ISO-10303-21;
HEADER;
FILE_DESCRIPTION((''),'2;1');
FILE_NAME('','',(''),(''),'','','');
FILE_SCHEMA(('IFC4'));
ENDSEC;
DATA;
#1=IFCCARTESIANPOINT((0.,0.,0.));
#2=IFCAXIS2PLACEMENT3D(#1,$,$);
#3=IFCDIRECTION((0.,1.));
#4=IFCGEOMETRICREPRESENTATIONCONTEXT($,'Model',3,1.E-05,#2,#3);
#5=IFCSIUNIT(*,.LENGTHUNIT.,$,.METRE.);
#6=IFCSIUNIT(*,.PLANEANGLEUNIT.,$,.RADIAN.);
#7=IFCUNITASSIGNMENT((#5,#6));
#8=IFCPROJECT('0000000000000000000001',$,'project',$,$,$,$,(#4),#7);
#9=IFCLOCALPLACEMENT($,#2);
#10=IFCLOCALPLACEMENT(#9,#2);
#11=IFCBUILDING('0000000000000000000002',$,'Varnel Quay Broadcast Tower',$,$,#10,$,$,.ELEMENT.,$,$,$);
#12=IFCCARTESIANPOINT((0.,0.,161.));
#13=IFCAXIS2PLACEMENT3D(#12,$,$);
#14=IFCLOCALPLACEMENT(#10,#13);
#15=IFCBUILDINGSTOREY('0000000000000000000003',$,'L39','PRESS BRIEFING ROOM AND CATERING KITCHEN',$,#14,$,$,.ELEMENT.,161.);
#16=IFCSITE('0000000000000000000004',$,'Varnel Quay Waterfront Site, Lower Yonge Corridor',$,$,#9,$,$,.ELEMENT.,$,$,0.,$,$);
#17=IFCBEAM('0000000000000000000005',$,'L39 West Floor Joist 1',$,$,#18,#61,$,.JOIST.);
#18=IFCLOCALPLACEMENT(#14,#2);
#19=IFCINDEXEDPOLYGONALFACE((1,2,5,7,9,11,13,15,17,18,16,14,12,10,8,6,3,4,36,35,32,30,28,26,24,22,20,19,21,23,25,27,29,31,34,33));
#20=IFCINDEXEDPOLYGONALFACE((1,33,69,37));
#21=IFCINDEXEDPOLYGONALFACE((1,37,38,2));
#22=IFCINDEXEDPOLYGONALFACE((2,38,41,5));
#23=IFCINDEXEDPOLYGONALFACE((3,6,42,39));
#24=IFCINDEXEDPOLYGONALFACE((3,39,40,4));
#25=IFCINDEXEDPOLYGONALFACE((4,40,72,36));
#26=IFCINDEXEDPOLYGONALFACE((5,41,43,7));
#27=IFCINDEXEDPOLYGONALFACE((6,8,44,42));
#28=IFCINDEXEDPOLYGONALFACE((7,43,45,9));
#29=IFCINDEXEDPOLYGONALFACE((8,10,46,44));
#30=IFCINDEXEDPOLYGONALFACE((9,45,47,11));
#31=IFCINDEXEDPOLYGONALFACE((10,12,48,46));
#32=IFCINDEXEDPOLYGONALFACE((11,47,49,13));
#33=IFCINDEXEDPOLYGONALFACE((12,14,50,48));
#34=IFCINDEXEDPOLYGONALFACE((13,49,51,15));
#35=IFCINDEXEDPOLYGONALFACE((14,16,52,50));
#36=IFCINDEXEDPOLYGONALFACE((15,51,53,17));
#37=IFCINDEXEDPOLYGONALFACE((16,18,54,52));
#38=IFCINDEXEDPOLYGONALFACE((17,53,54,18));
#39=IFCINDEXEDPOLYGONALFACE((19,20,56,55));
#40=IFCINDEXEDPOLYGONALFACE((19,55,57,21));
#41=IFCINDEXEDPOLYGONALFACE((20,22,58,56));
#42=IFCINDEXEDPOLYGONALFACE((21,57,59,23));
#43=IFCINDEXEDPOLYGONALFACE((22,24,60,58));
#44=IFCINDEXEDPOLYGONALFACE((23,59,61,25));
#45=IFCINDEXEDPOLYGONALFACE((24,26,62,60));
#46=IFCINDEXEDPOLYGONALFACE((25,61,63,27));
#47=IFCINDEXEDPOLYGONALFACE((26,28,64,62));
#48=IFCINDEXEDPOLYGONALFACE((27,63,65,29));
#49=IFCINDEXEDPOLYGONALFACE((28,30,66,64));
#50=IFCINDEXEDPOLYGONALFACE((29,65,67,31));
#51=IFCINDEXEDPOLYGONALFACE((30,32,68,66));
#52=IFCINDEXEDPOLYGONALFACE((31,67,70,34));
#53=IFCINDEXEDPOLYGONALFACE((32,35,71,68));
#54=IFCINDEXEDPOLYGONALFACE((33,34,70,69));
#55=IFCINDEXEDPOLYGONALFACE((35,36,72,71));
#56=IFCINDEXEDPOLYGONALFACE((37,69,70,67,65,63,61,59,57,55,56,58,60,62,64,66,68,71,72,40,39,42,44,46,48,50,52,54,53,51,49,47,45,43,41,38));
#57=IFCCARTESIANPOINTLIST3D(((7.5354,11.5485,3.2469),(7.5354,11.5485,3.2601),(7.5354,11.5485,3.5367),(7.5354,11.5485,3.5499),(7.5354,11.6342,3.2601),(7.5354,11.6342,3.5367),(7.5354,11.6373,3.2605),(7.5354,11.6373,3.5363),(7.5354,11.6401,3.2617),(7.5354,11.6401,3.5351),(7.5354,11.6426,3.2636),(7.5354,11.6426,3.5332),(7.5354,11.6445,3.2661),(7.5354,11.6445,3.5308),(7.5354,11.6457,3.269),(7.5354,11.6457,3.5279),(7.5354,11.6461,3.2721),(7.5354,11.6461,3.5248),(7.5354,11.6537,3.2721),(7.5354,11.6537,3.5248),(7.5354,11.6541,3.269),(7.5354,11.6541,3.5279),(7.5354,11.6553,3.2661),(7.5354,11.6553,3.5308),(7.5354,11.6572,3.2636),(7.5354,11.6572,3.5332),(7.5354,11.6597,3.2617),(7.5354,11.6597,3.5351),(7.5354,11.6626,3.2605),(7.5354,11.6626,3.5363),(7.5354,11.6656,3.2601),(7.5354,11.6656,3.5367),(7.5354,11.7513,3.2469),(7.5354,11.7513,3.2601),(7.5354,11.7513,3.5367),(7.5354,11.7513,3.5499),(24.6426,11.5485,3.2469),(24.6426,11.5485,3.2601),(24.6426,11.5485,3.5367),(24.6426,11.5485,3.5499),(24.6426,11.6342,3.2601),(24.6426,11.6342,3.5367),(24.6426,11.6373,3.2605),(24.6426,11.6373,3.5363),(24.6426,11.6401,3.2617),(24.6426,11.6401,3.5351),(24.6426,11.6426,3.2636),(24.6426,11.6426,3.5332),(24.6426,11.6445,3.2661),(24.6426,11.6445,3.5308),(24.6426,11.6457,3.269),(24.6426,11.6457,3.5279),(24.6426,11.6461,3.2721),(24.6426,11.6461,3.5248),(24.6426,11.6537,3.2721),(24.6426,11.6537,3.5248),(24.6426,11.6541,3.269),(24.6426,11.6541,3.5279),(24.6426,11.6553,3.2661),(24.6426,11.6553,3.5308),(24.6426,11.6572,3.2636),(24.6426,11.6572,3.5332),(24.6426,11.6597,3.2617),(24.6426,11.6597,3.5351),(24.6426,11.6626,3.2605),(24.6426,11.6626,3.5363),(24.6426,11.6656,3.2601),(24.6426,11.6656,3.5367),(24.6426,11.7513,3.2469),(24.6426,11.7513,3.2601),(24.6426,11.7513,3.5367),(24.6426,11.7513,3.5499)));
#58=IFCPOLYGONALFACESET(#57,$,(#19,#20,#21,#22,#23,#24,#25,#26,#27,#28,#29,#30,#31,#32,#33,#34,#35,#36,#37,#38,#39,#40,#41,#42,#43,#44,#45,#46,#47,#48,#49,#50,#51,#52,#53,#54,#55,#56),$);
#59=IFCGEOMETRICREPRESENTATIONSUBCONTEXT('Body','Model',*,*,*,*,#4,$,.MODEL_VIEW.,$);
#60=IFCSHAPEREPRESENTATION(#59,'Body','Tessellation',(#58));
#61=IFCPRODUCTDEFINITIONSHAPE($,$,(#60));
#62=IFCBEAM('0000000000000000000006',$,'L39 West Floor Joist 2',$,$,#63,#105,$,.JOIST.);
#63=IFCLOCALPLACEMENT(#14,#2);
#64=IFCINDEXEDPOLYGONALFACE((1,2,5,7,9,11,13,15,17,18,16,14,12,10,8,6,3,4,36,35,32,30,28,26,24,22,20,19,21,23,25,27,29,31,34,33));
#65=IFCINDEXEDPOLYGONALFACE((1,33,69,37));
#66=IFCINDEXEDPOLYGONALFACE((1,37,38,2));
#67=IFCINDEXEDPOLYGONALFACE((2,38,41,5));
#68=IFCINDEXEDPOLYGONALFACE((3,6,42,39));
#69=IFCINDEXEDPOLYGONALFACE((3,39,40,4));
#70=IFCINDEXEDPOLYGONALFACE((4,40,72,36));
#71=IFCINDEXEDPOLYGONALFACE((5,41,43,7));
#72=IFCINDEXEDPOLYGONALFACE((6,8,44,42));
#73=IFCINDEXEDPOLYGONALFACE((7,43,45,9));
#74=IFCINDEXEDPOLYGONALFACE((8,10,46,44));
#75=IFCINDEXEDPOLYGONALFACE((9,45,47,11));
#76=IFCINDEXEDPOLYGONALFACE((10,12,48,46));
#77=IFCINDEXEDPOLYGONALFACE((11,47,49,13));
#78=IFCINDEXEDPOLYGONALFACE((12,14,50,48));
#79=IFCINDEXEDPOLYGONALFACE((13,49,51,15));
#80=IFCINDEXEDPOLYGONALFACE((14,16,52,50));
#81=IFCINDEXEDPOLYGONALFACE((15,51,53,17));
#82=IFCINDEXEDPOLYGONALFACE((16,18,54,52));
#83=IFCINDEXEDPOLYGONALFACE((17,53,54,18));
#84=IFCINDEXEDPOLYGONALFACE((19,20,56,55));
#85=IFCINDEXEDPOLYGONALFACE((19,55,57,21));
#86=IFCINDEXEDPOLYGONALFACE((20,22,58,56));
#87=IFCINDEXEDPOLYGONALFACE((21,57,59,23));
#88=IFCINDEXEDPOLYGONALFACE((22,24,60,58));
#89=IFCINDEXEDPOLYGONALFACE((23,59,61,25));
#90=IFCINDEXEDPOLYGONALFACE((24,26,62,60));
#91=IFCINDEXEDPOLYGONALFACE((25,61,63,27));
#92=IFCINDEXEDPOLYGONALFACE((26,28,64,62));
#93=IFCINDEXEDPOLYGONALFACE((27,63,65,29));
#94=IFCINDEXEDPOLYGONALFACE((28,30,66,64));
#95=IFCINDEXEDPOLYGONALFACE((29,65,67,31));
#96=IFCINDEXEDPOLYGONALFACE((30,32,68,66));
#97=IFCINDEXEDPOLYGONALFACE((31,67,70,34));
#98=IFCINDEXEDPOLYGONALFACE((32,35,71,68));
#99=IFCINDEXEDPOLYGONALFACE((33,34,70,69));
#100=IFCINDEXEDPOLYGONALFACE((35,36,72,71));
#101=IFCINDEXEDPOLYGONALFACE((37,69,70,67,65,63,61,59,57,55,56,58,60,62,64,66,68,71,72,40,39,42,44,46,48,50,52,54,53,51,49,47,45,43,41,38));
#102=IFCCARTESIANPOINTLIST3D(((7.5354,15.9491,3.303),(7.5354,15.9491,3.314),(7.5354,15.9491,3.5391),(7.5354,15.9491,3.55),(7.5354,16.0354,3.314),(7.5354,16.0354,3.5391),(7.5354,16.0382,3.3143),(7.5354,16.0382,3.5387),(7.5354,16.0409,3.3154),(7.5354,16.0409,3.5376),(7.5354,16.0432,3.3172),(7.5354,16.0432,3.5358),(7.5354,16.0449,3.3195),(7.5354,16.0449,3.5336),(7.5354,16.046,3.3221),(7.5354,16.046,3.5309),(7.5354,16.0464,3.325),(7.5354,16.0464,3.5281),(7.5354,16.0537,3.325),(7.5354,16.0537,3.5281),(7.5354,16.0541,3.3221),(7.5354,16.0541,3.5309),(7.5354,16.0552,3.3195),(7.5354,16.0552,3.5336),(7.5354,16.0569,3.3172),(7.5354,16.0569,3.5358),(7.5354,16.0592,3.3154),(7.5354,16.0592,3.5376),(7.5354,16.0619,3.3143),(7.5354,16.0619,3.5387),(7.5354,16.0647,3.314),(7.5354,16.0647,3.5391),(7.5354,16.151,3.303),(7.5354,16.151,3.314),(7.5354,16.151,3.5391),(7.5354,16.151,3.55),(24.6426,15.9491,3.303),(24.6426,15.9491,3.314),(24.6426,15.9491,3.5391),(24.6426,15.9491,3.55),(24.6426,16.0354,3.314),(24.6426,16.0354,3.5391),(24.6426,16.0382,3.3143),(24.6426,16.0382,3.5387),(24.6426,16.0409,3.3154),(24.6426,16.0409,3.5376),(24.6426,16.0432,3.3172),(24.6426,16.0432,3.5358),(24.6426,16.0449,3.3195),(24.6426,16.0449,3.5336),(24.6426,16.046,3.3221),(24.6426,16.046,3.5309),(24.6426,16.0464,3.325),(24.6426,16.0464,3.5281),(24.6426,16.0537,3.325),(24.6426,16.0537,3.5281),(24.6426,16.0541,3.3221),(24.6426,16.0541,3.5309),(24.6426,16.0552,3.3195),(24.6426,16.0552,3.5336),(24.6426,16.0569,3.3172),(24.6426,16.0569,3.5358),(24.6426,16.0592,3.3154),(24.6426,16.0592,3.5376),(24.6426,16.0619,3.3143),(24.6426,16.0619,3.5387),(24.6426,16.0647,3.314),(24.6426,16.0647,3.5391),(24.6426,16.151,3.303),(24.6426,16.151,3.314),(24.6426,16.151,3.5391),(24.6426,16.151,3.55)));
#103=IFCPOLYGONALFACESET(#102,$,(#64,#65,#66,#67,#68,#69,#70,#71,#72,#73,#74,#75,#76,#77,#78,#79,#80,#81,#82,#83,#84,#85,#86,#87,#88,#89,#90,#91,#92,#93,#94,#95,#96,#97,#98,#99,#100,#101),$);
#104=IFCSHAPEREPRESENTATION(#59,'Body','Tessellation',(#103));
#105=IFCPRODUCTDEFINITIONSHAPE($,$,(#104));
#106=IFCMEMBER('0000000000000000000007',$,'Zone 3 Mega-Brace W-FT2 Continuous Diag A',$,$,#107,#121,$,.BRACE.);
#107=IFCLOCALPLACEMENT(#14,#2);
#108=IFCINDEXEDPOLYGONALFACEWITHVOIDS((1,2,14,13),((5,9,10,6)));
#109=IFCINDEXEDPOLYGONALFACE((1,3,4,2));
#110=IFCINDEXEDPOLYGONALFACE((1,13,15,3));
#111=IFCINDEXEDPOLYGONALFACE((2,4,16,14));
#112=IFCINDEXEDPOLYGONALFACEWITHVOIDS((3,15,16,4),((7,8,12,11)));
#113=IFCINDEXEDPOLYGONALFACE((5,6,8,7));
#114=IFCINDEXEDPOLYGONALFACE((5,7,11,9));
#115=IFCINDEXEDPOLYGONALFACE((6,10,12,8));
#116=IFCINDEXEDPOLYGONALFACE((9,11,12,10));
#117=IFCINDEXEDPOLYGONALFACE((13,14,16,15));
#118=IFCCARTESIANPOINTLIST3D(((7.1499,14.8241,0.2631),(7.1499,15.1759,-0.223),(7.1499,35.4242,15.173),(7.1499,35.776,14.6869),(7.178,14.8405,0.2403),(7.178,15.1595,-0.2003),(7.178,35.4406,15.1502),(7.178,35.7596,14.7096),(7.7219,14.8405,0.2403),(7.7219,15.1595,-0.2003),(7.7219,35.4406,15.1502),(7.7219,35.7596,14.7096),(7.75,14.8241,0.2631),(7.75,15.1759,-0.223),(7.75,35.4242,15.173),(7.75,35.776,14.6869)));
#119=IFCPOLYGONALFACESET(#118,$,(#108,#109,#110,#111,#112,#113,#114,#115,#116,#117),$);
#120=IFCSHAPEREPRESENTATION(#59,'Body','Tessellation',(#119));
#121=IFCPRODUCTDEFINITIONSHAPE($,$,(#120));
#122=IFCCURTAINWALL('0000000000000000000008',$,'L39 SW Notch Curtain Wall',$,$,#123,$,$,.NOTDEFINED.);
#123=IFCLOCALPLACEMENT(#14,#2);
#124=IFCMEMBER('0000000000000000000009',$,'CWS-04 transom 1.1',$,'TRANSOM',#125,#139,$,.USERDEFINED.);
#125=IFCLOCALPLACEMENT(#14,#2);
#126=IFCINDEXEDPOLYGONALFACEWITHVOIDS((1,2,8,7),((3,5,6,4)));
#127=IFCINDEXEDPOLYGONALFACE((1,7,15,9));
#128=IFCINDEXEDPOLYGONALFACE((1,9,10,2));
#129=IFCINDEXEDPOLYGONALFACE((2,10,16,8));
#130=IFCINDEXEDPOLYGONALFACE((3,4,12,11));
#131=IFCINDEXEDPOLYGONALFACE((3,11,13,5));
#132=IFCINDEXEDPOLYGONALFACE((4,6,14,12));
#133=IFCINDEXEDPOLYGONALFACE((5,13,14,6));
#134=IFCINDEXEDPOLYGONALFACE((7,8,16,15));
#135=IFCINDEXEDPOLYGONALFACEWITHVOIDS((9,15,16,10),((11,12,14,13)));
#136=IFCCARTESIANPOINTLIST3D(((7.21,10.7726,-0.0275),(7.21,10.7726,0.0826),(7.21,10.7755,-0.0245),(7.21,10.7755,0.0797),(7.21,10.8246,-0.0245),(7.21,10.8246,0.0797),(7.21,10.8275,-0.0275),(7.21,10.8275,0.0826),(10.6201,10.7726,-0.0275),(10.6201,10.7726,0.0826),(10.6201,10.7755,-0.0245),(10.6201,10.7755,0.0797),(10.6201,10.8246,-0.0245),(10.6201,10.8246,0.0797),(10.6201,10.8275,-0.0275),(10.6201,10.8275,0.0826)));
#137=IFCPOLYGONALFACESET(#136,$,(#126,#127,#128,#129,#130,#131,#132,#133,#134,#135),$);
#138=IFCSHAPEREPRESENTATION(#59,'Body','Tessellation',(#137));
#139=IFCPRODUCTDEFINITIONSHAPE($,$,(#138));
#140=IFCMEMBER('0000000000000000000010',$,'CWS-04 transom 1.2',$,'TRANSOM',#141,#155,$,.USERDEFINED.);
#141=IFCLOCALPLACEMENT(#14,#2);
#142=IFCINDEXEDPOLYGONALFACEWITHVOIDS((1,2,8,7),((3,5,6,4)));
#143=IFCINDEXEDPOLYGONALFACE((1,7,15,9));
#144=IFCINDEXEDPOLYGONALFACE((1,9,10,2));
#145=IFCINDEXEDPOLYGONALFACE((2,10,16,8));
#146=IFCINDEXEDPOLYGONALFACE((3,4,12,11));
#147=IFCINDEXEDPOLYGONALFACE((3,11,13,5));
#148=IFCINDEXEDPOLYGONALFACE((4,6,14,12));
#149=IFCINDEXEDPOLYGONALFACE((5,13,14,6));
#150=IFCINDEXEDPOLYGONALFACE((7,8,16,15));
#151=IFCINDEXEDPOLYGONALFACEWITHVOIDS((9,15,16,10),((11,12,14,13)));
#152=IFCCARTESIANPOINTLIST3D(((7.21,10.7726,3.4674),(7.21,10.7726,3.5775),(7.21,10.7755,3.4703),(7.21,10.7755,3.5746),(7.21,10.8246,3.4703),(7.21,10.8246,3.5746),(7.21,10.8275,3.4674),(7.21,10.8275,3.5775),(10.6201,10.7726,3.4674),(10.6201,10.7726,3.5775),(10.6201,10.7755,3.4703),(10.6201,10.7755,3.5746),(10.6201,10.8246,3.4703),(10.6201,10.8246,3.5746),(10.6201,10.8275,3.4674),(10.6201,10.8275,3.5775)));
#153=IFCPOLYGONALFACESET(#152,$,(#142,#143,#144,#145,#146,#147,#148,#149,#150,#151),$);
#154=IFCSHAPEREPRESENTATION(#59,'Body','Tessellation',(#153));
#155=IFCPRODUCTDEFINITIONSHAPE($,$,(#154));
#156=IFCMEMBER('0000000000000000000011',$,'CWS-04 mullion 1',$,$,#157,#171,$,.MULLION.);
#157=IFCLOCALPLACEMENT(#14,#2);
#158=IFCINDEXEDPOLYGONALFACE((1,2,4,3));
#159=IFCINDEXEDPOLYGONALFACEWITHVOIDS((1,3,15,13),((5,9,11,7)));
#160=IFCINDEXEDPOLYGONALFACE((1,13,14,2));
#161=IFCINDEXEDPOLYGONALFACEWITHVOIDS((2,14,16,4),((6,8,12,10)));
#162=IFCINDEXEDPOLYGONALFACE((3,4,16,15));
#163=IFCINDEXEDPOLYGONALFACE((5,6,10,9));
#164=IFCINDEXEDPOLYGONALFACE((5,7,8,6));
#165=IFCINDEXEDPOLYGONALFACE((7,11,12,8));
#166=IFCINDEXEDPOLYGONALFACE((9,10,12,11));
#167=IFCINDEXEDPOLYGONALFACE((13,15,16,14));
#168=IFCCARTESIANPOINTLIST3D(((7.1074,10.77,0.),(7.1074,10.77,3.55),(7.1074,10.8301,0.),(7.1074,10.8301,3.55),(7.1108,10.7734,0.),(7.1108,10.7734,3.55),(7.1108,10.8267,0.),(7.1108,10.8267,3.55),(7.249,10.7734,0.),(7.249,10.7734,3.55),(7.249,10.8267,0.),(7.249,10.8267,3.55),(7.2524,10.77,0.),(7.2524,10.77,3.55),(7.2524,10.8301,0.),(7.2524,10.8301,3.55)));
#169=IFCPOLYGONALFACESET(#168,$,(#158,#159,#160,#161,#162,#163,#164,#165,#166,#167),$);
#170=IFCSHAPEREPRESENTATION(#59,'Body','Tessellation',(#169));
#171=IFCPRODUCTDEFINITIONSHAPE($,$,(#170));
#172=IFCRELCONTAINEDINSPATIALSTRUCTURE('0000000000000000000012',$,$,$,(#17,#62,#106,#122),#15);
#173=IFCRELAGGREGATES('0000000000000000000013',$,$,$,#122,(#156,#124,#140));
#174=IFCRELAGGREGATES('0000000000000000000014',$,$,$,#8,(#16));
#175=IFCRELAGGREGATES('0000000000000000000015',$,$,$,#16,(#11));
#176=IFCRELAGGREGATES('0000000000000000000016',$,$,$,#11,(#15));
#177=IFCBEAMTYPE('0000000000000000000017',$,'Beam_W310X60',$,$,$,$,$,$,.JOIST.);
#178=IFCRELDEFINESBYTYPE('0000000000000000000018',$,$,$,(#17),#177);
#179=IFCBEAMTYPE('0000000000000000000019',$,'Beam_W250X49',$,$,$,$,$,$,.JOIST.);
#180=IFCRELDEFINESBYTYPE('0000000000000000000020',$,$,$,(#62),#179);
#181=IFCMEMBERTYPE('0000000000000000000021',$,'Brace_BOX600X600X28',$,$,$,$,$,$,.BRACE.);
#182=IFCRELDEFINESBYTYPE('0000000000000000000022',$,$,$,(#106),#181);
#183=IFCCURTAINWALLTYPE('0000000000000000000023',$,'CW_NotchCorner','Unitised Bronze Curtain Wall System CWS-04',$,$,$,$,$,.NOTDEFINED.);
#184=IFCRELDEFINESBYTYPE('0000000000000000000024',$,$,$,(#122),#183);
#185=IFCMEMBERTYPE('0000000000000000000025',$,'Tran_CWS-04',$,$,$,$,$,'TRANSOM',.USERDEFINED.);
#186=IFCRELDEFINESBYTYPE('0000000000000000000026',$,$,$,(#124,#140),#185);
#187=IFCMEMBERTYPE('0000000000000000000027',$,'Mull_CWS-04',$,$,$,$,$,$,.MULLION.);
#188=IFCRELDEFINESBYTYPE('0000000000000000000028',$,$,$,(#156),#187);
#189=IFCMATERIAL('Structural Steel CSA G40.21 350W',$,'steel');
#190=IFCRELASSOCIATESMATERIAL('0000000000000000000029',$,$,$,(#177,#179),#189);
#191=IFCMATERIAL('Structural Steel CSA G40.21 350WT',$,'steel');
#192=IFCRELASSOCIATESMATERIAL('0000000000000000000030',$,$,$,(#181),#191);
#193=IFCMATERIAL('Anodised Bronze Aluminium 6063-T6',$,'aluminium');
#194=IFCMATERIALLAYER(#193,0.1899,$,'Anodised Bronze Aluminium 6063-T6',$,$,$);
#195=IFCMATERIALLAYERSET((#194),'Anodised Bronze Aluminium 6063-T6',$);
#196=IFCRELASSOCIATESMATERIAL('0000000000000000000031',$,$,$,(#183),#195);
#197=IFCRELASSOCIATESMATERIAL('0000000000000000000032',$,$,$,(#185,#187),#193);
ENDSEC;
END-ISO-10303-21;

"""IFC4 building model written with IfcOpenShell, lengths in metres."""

from ifc_helpers import new_model, si_unit, direction, frame, origin, origin_2d, place, context, subcontext, project, spatial, hollow_rectangle, i_section, extrude, source, transform, mapped, material, layer, layer_set, material_profile, profile_set, type_object, type_shapes, element, aggregate, save


model = new_model("IFC4")

# Units and contexts
model_context = context("Model", 3, precision=1e-05, world=origin(), true_north=direction((0.0, 1.0)))
body_context = subcontext(model_context, "Body", "Model", "MODEL_VIEW")
ifc_project = project(units=[si_unit("LENGTHUNIT", "METRE"), si_unit("PLANEANGLEUNIT", "RADIAN")], contexts=[model_context])

# Site, building, storey
site_placement = place(None, origin())
site = spatial("IfcSite", under=ifc_project, at=site_placement, Name="Varnel Quay Waterfront Site, Lower Yonge Corridor", CompositionType="ELEMENT", RefElevation=0.0)
building_placement = place(site_placement, origin())
building = spatial("IfcBuilding", under=site, at=building_placement, Name="Varnel Quay Broadcast Tower", CompositionType="ELEMENT")
storey_placement = place(building_placement, frame((0.0, 0.0, 161.0)))
storey = spatial("IfcBuildingStorey", under=building, at=storey_placement, Name="L39", Description="PRESS BRIEFING ROOM AND CATERING KITCHEN", CompositionType="ELEMENT", Elevation=161.0)

# Shared definitions
ifc_material_1 = material(Name="Structural Steel CSA G40.21 350W", Category="steel")

# Beams
ifc_material_profile_1 = material_profile(ifc_material_1, i_section(OverallWidth=0.2029, OverallDepth=0.303, WebThickness=0.0076, FlangeThickness=0.0132, FilletRadius=0.012, at=origin_2d()), Name="W310X60")
ifc_profile_set_1 = profile_set([ifc_material_profile_1], Name="Structural Steel CSA G40.21 350W")
beam_type_1 = type_object("IfcBeamType", Name="Beam_W310X60", PredefinedType="JOIST", material=ifc_profile_set_1)
shared_shape_1 = source(origin(), body_context, "Body", "SweptSolid", [
    extrude(i_section(OverallWidth=0.2029, OverallDepth=0.303, WebThickness=0.0076, FlangeThickness=0.0132, FilletRadius=0.012, at=origin_2d()), origin(), (0.0, 0.0, 1.0), 17.1072),
])
type_shapes(beam_type_1, [shared_shape_1])
beam_1_placement = place(storey_placement, frame((7.5354, 11.6499, 3.3984), z_axis=(1.0, 0.0, 0.0), x_axis=(0.0, 1.0, 0.0)))
element("IfcBeam", 1, at=beam_1_placement, inside=storey, type_object=beam_type_1, Name="L39 West Floor Joist 1", PredefinedType="JOIST", context=body_context, shape_type="MappedRepresentation", body=[
    mapped(shared_shape_1, transform((0.0, 0.0, 0.0), x_axis=(1.0, 0.0, 0.0), y_axis=(0.0, 1.0, 0.0), z_axis=(0.0, 0.0, 1.0), scale=1.0)),
])
ifc_material_profile_2 = material_profile(ifc_material_1, i_section(OverallWidth=0.2019, OverallDepth=0.2471, WebThickness=0.0073, FlangeThickness=0.011, FilletRadius=0.011, at=origin_2d()), Name="W250X49")
ifc_profile_set_2 = profile_set([ifc_material_profile_2], Name="Structural Steel CSA G40.21 350W")
beam_type_2 = type_object("IfcBeamType", Name="Beam_W250X49", PredefinedType="JOIST", material=ifc_profile_set_2)
shared_shape_2 = source(origin(), body_context, "Body", "SweptSolid", [
    extrude(i_section(OverallWidth=0.2019, OverallDepth=0.2471, WebThickness=0.0073, FlangeThickness=0.011, FilletRadius=0.011, at=origin_2d()), origin(), (0.0, 0.0, 1.0), 17.1072),
])
type_shapes(beam_type_2, [shared_shape_2])
beam_2_placement = place(storey_placement, frame((7.5354, 16.05, 3.4265), z_axis=(1.0, 0.0, 0.0), x_axis=(0.0, 1.0, 0.0)))
element("IfcBeam", 2, at=beam_2_placement, inside=storey, type_object=beam_type_2, Name="L39 West Floor Joist 2", PredefinedType="JOIST", context=body_context, shape_type="MappedRepresentation", body=[
    mapped(shared_shape_2, transform((0.0, 0.0, 0.0), x_axis=(1.0, 0.0, 0.0), y_axis=(0.0, 1.0, 0.0), z_axis=(0.0, 0.0, 1.0), scale=1.0)),
])

# Member
ifc_material_2 = material(Name="Structural Steel CSA G40.21 350WT", Category="steel")
ifc_material_profile_3 = material_profile(ifc_material_2, hollow_rectangle(XDim=0.6001, YDim=0.6001, WallThickness=0.0281, at=origin_2d()), Name="BOX600X600X28")
ifc_profile_set_3 = profile_set([ifc_material_profile_3], Name="Structural Steel CSA G40.21 350WT")
member_type_1 = type_object("IfcMemberType", Name="Brace_BOX600X600X28", PredefinedType="BRACE", material=ifc_profile_set_3)
shared_shape_3 = source(origin(), body_context, "Body", "SweptSolid", [
    extrude(hollow_rectangle(XDim=0.6001, YDim=0.6001, WallThickness=0.0281, at=origin_2d()), origin(), (0.0, 0.0, 1.0), 25.4297),
])
type_shapes(member_type_1, [shared_shape_3])
member_1_placement = place(storey_placement, frame((7.45, 15.0, 0.02), z_axis=(0.0, 0.81008, 0.586319), x_axis=(-1.0, 0.0, 0.0)))
element("IfcMember", 3, at=member_1_placement, inside=storey, type_object=member_type_1, Name="Zone 3 Mega-Brace W-FT2 Continuous Diag A", PredefinedType="BRACE", context=body_context, shape_type="MappedRepresentation", body=[
    mapped(shared_shape_3, transform((0.0, 0.0, 0.0), x_axis=(1.0, 0.0, 0.0), y_axis=(0.0, 1.0, 0.0), z_axis=(0.0, 0.0, 1.0), scale=1.0)),
])

# Curtain wall, members
ifc_material_3 = material(Name="Anodised Bronze Aluminium 6063-T6", Category="aluminium")
ifc_layer_1 = layer(ifc_material_3, 0.1899, Name="Anodised Bronze Aluminium 6063-T6")
ifc_layer_set_1 = layer_set([ifc_layer_1], Name="Anodised Bronze Aluminium 6063-T6")
curtain_wall_type_1 = type_object("IfcCurtainWallType", Name="CW_NotchCorner", Description="Unitised Bronze Curtain Wall System CWS-04", PredefinedType="NOTDEFINED", material=ifc_layer_set_1)
curtain_wall_1_placement = place(storey_placement, origin())
curtain_wall_1 = element("IfcCurtainWall", 4, at=curtain_wall_1_placement, inside=storey, type_object=curtain_wall_type_1, Name="L39 SW Notch Curtain Wall", PredefinedType="NOTDEFINED")
ifc_material_profile_4 = material_profile(ifc_material_3, hollow_rectangle(XDim=0.0549, YDim=0.1101, WallThickness=0.0029, at=origin_2d()), Name="ALU55X110X3")
ifc_profile_set_4 = profile_set([ifc_material_profile_4], Name="Anodised Bronze Aluminium 6063-T6")
member_type_2 = type_object("IfcMemberType", Name="Tran_CWS-04", ElementType="TRANSOM", PredefinedType="USERDEFINED", material=ifc_profile_set_4)
shared_shape_4 = source(origin(), body_context, "Body", "SweptSolid", [
    extrude(hollow_rectangle(XDim=0.0549, YDim=0.1101, WallThickness=0.0029, at=origin_2d()), origin(), (0.0, 0.0, 1.0), 3.4102),
])
type_shapes(member_type_2, [shared_shape_4])
member_2_placement = place(storey_placement, frame((7.21, 10.8, 0.0276), z_axis=(1.0, 0.0, 0.0), x_axis=(0.0, 1.0, 0.0)))
member_2 = element("IfcMember", 5, at=member_2_placement, type_object=member_type_2, Name="CWS-04 transom 1.1", ObjectType="TRANSOM", PredefinedType="USERDEFINED", context=body_context, shape_type="MappedRepresentation", body=[
    mapped(shared_shape_4, transform((0.0, 0.0, 0.0), x_axis=(1.0, 0.0, 0.0), y_axis=(0.0, 1.0, 0.0), z_axis=(0.0, 0.0, 1.0), scale=1.0)),
])
member_3_placement = place(storey_placement, frame((7.21, 10.8, 3.5225), z_axis=(1.0, 0.0, 0.0), x_axis=(0.0, 1.0, 0.0)))
member_3 = element("IfcMember", 6, at=member_3_placement, type_object=member_type_2, Name="CWS-04 transom 1.2", ObjectType="TRANSOM", PredefinedType="USERDEFINED", context=body_context, shape_type="MappedRepresentation", body=[
    mapped(shared_shape_4, transform((0.0, 0.0, 0.0), x_axis=(1.0, 0.0, 0.0), y_axis=(0.0, 1.0, 0.0), z_axis=(0.0, 0.0, 1.0), scale=1.0)),
])
ifc_material_profile_5 = material_profile(ifc_material_3, hollow_rectangle(XDim=0.0601, YDim=0.145, WallThickness=0.0034, at=origin_2d()), Name="ALU60X145X3.5")
ifc_profile_set_5 = profile_set([ifc_material_profile_5], Name="Anodised Bronze Aluminium 6063-T6")
member_type_3 = type_object("IfcMemberType", Name="Mull_CWS-04", PredefinedType="MULLION", material=ifc_profile_set_5)
shared_shape_5 = source(origin(), body_context, "Body", "SweptSolid", [
    extrude(hollow_rectangle(XDim=0.0601, YDim=0.145, WallThickness=0.0034, at=origin_2d()), origin(), (0.0, 0.0, 1.0), 3.55),
])
type_shapes(member_type_3, [shared_shape_5])
member_4_placement = place(storey_placement, frame((7.1799, 10.8, 0.0), z_axis=(0.0, 0.0, 1.0), x_axis=(0.0, 1.0, 0.0)))
member_4 = element("IfcMember", 7, at=member_4_placement, type_object=member_type_3, Name="CWS-04 mullion 1", PredefinedType="MULLION", context=body_context, shape_type="MappedRepresentation", body=[
    mapped(shared_shape_5, transform((0.0, 0.0, 0.0), x_axis=(1.0, 0.0, 0.0), y_axis=(0.0, 1.0, 0.0), z_axis=(0.0, 0.0, 1.0), scale=1.0)),
])

aggregate(curtain_wall_1, [member_4, member_2, member_3])

save(model, "model.ifc")
